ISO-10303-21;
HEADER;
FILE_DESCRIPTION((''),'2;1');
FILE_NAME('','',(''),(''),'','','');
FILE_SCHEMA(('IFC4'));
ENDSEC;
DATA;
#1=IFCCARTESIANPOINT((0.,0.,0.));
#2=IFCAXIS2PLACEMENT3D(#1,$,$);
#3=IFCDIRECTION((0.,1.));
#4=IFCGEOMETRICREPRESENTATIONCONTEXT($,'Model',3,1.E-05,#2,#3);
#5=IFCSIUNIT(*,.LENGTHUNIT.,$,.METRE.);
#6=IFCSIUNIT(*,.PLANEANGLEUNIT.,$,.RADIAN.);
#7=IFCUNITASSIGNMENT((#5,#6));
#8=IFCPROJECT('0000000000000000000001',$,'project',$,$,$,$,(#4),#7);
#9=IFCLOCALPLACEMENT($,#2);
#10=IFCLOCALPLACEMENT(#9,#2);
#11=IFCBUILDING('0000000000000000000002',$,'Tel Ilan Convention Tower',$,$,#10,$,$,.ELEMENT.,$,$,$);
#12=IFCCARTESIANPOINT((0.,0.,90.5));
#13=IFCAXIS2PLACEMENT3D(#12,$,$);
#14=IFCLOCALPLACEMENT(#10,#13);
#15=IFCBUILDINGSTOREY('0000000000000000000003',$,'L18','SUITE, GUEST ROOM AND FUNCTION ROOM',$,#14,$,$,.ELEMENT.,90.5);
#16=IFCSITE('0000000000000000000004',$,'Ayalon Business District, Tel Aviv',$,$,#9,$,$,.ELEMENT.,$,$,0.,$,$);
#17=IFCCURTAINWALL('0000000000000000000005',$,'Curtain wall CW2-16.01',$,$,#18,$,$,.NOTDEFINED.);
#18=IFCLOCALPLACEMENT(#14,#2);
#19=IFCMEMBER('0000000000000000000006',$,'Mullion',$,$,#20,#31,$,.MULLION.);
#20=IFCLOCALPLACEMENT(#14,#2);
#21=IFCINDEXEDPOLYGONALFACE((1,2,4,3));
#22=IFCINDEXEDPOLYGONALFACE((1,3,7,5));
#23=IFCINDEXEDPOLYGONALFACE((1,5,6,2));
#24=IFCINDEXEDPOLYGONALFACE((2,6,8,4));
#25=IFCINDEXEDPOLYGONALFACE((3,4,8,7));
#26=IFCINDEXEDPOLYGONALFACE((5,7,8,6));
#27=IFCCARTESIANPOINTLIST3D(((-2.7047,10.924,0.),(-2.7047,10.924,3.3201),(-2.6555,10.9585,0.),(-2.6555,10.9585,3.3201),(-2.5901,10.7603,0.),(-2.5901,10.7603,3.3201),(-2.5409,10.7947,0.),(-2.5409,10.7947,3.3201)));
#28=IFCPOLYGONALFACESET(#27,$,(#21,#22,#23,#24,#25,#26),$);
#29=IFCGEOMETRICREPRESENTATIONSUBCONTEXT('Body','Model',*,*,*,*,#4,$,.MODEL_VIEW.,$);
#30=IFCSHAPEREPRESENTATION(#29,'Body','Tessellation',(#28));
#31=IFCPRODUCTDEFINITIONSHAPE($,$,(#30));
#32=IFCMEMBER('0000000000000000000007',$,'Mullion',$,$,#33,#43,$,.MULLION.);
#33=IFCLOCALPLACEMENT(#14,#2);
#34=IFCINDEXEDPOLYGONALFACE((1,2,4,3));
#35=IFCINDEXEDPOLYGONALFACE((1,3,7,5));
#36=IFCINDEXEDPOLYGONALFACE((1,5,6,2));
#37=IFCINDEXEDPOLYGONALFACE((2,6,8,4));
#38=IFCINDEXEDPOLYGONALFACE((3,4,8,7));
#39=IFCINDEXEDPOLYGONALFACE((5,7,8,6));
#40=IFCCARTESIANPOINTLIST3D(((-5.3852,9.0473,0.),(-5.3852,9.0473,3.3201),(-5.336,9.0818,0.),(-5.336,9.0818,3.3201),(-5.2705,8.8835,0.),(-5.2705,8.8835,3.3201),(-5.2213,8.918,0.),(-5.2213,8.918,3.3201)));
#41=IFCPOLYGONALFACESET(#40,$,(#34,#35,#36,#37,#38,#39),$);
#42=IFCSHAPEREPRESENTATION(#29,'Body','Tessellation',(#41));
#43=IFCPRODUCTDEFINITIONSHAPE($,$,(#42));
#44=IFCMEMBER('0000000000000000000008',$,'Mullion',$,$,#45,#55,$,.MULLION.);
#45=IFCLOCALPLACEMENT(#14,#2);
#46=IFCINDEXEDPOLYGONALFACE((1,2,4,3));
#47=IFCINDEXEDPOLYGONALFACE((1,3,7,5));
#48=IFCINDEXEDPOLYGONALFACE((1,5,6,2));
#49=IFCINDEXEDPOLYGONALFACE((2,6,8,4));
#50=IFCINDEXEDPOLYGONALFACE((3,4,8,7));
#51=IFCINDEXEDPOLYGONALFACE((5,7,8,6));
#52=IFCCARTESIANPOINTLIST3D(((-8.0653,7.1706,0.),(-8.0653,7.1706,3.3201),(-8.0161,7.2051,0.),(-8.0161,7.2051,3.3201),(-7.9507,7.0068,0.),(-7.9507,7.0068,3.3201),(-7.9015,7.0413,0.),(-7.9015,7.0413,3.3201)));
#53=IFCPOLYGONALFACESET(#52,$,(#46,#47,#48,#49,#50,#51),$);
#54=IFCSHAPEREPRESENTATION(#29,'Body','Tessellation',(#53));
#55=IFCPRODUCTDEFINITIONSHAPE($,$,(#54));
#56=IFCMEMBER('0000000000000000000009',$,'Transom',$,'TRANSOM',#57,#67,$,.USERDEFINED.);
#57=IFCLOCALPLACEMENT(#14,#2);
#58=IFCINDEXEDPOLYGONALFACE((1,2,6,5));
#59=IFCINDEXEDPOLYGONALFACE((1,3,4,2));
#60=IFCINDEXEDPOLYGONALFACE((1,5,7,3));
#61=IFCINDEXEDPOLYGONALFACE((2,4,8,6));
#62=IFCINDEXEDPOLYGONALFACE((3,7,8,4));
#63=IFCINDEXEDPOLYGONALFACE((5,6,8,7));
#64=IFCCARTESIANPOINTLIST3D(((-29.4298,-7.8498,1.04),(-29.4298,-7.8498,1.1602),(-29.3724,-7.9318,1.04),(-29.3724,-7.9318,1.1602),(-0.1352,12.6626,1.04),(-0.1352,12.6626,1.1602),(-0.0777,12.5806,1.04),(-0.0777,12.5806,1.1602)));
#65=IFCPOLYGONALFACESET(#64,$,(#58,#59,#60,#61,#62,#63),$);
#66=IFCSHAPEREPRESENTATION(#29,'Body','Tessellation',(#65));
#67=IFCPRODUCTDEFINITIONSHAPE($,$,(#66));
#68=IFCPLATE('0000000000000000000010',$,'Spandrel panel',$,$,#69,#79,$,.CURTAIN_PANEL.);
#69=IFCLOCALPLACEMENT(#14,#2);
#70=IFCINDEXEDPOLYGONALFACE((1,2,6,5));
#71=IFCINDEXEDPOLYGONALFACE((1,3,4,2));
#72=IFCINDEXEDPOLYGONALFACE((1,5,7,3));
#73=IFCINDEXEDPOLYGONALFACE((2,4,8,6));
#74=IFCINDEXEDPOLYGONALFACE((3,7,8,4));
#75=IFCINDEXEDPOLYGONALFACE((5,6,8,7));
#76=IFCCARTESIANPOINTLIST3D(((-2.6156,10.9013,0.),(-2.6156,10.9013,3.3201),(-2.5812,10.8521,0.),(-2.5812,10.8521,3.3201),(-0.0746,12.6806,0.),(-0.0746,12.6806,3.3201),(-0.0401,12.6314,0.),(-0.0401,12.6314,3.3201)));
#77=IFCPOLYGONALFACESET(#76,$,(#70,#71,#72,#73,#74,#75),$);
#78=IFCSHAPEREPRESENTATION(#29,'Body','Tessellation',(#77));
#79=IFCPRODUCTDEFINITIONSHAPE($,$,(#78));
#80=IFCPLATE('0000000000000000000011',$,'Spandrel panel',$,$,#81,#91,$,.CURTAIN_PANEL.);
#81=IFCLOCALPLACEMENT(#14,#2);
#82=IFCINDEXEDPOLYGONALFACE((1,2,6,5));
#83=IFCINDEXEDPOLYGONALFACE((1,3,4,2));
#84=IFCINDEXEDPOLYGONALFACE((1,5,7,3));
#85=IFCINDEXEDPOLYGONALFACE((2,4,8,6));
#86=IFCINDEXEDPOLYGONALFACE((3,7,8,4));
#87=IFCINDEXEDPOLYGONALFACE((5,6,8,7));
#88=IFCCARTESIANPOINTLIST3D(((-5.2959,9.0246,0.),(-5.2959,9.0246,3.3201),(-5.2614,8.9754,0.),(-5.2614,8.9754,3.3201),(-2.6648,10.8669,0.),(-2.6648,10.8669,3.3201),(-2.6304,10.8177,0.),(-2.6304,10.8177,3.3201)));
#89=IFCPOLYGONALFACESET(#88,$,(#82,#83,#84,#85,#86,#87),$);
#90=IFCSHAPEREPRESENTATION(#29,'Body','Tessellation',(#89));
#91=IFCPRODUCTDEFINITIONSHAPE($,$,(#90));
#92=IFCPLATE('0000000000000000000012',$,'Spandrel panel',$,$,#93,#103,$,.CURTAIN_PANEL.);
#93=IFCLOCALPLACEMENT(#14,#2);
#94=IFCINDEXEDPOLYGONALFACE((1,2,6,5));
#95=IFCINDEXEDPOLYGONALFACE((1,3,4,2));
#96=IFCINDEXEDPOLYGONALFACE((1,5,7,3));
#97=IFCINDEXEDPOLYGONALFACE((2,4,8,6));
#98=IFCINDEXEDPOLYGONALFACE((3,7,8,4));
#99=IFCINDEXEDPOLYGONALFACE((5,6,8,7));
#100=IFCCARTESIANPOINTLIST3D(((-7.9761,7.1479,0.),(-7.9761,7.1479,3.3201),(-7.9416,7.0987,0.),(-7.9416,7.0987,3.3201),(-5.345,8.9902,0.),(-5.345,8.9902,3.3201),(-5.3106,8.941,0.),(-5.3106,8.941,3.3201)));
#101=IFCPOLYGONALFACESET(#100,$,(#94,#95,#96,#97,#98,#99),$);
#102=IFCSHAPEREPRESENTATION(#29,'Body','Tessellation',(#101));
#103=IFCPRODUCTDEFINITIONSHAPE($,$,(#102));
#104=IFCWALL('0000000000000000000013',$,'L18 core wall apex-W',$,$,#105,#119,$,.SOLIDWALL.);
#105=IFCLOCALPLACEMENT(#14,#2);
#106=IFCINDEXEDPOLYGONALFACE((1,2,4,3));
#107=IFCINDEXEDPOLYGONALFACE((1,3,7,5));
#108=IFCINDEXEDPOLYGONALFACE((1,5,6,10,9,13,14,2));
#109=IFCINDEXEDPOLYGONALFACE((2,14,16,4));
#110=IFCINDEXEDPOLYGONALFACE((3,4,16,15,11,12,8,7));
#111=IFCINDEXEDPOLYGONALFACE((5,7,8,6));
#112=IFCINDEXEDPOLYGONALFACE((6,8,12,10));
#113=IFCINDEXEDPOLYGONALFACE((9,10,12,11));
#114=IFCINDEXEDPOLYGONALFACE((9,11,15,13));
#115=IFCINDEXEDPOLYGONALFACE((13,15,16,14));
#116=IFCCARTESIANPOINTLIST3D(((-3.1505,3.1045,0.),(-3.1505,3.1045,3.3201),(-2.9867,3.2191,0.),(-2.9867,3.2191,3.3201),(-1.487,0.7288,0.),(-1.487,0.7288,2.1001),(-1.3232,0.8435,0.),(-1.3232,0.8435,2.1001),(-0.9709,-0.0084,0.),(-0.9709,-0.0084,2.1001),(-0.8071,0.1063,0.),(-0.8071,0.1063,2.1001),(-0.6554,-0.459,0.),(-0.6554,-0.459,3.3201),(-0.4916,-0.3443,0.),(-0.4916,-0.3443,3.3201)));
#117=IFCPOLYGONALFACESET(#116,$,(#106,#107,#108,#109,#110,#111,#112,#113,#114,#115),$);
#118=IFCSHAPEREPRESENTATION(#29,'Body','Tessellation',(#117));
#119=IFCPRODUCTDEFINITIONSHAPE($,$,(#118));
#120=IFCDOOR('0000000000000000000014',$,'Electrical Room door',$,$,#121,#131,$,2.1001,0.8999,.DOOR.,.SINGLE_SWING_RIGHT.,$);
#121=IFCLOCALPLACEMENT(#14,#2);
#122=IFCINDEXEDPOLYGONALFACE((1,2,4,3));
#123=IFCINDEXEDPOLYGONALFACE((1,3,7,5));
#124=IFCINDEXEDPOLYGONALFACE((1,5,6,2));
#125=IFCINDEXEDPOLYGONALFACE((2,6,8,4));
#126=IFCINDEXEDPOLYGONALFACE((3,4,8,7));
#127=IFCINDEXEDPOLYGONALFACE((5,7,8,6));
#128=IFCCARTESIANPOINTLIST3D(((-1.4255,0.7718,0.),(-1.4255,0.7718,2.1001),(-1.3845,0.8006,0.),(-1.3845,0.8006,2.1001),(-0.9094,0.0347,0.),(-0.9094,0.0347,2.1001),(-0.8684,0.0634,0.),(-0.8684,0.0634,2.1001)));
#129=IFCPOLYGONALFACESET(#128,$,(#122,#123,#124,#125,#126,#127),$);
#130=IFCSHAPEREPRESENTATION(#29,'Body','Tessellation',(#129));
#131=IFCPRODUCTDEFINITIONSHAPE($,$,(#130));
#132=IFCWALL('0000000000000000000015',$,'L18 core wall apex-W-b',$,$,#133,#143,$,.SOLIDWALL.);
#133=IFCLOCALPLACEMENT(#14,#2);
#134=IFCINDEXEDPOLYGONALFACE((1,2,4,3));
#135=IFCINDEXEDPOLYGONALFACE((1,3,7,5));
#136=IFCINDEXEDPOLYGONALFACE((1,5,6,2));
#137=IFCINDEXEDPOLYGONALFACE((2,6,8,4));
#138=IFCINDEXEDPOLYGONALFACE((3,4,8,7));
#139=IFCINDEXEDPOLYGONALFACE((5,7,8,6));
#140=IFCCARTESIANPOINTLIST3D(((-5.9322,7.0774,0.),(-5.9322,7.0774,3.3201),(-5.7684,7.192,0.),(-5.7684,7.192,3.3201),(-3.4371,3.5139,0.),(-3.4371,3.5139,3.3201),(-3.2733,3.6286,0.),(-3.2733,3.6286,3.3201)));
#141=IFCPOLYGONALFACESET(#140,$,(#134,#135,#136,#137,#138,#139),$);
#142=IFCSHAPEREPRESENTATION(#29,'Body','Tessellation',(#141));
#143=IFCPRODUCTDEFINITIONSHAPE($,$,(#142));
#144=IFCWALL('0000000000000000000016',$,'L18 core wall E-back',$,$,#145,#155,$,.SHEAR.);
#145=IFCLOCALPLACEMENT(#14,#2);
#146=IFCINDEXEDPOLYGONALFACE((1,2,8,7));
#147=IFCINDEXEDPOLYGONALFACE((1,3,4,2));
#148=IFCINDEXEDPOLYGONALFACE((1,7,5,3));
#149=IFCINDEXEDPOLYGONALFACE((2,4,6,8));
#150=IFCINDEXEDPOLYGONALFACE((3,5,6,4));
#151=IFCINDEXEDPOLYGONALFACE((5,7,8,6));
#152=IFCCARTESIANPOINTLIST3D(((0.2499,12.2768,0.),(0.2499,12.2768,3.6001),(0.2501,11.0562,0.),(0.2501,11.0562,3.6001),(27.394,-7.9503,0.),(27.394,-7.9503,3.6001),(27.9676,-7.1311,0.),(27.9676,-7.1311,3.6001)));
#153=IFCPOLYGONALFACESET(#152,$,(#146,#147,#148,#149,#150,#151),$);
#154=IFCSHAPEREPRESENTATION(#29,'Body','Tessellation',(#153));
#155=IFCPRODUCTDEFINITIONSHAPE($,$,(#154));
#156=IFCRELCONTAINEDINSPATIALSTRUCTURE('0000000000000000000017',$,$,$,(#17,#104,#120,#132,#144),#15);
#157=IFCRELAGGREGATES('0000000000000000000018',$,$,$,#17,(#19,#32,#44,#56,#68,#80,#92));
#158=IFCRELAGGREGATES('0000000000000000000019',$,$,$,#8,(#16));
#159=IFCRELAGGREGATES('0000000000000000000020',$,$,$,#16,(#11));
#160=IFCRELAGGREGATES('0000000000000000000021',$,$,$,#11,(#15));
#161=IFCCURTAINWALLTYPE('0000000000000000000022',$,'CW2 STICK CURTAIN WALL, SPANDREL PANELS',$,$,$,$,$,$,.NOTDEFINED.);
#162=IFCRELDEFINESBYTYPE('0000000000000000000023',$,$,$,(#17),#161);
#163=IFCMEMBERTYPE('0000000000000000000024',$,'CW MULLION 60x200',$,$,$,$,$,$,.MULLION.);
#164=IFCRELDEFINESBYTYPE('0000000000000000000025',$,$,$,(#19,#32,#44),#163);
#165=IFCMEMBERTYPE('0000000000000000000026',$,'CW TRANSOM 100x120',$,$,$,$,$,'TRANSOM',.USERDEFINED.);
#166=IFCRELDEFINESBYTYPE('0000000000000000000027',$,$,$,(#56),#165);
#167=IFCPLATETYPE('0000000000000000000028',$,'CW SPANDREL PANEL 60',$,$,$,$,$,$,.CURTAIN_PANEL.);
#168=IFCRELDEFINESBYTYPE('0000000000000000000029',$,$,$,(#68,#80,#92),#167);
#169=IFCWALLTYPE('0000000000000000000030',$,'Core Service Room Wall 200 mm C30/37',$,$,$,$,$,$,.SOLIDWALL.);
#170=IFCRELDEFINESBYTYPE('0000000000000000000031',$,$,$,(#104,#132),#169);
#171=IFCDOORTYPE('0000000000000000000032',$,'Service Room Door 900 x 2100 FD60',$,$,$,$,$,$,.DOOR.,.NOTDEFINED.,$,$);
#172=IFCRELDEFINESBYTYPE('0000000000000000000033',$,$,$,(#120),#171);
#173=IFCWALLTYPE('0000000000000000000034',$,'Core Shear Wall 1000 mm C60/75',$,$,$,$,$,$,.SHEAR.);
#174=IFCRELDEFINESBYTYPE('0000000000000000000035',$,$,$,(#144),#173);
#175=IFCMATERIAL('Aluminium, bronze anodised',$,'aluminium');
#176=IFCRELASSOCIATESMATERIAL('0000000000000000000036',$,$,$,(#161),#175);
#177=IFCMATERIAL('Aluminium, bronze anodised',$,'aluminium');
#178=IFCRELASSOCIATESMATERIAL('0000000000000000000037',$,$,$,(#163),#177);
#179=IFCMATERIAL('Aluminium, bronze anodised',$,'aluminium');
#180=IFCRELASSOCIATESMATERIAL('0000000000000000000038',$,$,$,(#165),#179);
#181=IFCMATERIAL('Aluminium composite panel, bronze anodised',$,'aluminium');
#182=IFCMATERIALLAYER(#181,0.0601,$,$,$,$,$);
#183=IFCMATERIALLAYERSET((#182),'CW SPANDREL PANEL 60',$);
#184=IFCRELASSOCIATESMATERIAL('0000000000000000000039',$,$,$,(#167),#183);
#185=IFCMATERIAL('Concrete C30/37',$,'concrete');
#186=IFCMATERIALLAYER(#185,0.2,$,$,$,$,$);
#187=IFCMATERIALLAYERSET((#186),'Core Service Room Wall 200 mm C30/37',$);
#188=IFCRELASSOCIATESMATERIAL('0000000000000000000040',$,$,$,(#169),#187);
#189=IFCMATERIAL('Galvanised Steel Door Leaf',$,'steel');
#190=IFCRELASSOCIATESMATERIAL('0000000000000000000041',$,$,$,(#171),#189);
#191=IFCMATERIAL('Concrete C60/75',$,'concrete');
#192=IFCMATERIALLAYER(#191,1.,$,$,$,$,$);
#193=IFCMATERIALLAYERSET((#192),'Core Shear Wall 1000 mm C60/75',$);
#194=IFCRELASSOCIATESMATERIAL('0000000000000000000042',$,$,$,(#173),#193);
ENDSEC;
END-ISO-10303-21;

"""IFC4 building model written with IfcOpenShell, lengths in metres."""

from ifc_helpers import new_model, si_unit, direction, frame, frame_2d, origin, origin_2d, place, context, subcontext, project, spatial, polyline, rectangle, outline, extrude, material, layer, layer_set, material_profile, profile_set, type_object, element, fill, aggregate, save


model = new_model("IFC4")

# Units and contexts
model_context = context("Model", 3, precision=1e-05, world=origin(), true_north=direction((0.0, 1.0)))
body_context = subcontext(model_context, "Body", "Model", "MODEL_VIEW")
ifc_project = project(units=[si_unit("LENGTHUNIT", "METRE"), si_unit("PLANEANGLEUNIT", "RADIAN")], contexts=[model_context])

# Site, building, storey
site_placement = place(None, origin())
site = spatial("IfcSite", under=ifc_project, at=site_placement, Name="Ayalon Business District, Tel Aviv", CompositionType="ELEMENT", RefElevation=0.0)
building_placement = place(site_placement, origin())
building = spatial("IfcBuilding", under=site, at=building_placement, Name="Tel Ilan Convention Tower", CompositionType="ELEMENT")
storey_placement = place(building_placement, frame((0.0, 0.0, 90.5)))
storey = spatial("IfcBuildingStorey", under=building, at=storey_placement, Name="L18", Description="SUITE, GUEST ROOM AND FUNCTION ROOM", CompositionType="ELEMENT", Elevation=90.5)

# Curtain wall, members, plates
ifc_material_1 = material(Name="Aluminium, bronze anodised", Category="aluminium")
curtain_wall_type = type_object("IfcCurtainWallType", Name="CW2 STICK CURTAIN WALL, SPANDREL PANELS", PredefinedType="NOTDEFINED", material=ifc_material_1)
curtain_wall_placement = place(storey_placement, origin())
curtain_wall = element("IfcCurtainWall", 1, at=curtain_wall_placement, inside=storey, type_object=curtain_wall_type, Name="Curtain wall CW2-16.01", PredefinedType="NOTDEFINED")
ifc_material_2 = material(Name="Aluminium, bronze anodised", Category="aluminium")
ifc_material_profile_1 = material_profile(ifc_material_2, rectangle(XDim=0.0601, YDim=0.2, at=origin_2d()), Name="CW MULLION 60x200")
ifc_profile_set_1 = profile_set([ifc_material_profile_1], Name="Aluminium, bronze anodised")
member_type_1 = type_object("IfcMemberType", Name="CW MULLION 60x200", PredefinedType="MULLION", material=ifc_profile_set_1)
member_1_placement = place(storey_placement, frame((-2.6228, 10.8594, 0.0), z_axis=(0.0, 0.0, 1.0), x_axis=(-0.819152, -0.573576, 0.0)))
member_1 = element("IfcMember", 2, at=member_1_placement, type_object=member_type_1, Name="Mullion", PredefinedType="MULLION", context=body_context, shape_type="SweptSolid", body=[
    extrude(rectangle(XDim=0.0601, YDim=0.2, at=origin_2d()), origin(), (0.0, 0.0, 1.0), 3.3201),
])
member_2_placement = place(storey_placement, frame((-5.3032, 8.9827, 0.0), z_axis=(0.0, 0.0, 1.0), x_axis=(-0.819152, -0.573576, 0.0)))
member_2 = element("IfcMember", 3, at=member_2_placement, type_object=member_type_1, Name="Mullion", PredefinedType="MULLION", context=body_context, shape_type="SweptSolid", body=[
    extrude(rectangle(XDim=0.0601, YDim=0.2, at=origin_2d()), origin(), (0.0, 0.0, 1.0), 3.3201),
])
member_3_placement = place(storey_placement, frame((-7.9834, 7.106, 0.0), z_axis=(0.0, 0.0, 1.0), x_axis=(-0.819152, -0.573576, 0.0)))
member_3 = element("IfcMember", 4, at=member_3_placement, type_object=member_type_1, Name="Mullion", PredefinedType="MULLION", context=body_context, shape_type="SweptSolid", body=[
    extrude(rectangle(XDim=0.0601, YDim=0.2, at=origin_2d()), origin(), (0.0, 0.0, 1.0), 3.3201),
])
ifc_material_3 = material(Name="Aluminium, bronze anodised", Category="aluminium")
ifc_material_profile_2 = material_profile(ifc_material_3, rectangle(XDim=0.1001, YDim=0.1201, at=origin_2d()), Name="CW TRANSOM 100x120")
ifc_profile_set_2 = profile_set([ifc_material_profile_2], Name="Aluminium, bronze anodised")
member_type_2 = type_object("IfcMemberType", Name="CW TRANSOM 100x120", ElementType="TRANSOM", PredefinedType="USERDEFINED", material=ifc_profile_set_2)
member_4_placement = place(storey_placement, frame((-0.1064, 12.6216, 1.1001), z_axis=(-0.819151, -0.573578, 0.0), x_axis=(0.573578, -0.819151, 0.0)))
member_4 = element("IfcMember", 5, at=member_4_placement, type_object=member_type_2, Name="Transom", ObjectType="TRANSOM", PredefinedType="USERDEFINED", context=body_context, shape_type="SweptSolid", body=[
    extrude(rectangle(XDim=0.1001, YDim=0.1201, at=origin_2d()), origin(), (0.0, 0.0, 1.0), 35.7622),
])
ifc_material_4 = material(Name="Aluminium composite panel, bronze anodised", Category="aluminium")
ifc_layer_1 = layer(ifc_material_4, 0.0601)
ifc_layer_set_1 = layer_set([ifc_layer_1], Name="CW SPANDREL PANEL 60")
plate_type = type_object("IfcPlateType", Name="CW SPANDREL PANEL 60", PredefinedType="CURTAIN_PANEL", material=ifc_layer_set_1)
plate_1_placement = place(storey_placement, frame((-1.3279, 11.7664, 0.0), z_axis=(0.0, 0.0, 1.0), x_axis=(-0.819152, -0.573576, 0.0)))
plate_1 = element("IfcPlate", 6, at=plate_1_placement, type_object=plate_type, Name="Spandrel panel", PredefinedType="CURTAIN_PANEL", context=body_context, shape_type="SweptSolid", body=[
    extrude(rectangle(XDim=3.1021, YDim=0.0601, at=origin_2d()), origin(), (0.0, 0.0, 1.0), 3.3201),
])
plate_2_placement = place(storey_placement, frame((-3.9631, 9.9211, 0.0), z_axis=(0.0, 0.0, 1.0), x_axis=(-0.819152, -0.573576, 0.0)))
plate_2 = element("IfcPlate", 7, at=plate_2_placement, type_object=plate_type, Name="Spandrel panel", PredefinedType="CURTAIN_PANEL", context=body_context, shape_type="SweptSolid", body=[
    extrude(rectangle(XDim=3.2119, YDim=0.0601, at=origin_2d()), origin(), (0.0, 0.0, 1.0), 3.3201),
])
plate_3_placement = place(storey_placement, frame((-6.6433, 8.0444, 0.0), z_axis=(0.0, 0.0, 1.0), x_axis=(-0.819152, -0.573576, 0.0)))
plate_3 = element("IfcPlate", 8, at=plate_3_placement, type_object=plate_type, Name="Spandrel panel", PredefinedType="CURTAIN_PANEL", context=body_context, shape_type="SweptSolid", body=[
    extrude(rectangle(XDim=3.2119, YDim=0.0601, at=origin_2d()), origin(), (0.0, 0.0, 1.0), 3.3201),
])
aggregate(curtain_wall, [member_1, member_2, member_3, member_4, plate_1, plate_2, plate_3])

# Wall, opening, door
ifc_material_5 = material(Name="Concrete C30/37", Category="concrete")
ifc_layer_2 = layer(ifc_material_5, 0.2)
ifc_layer_set_2 = layer_set([ifc_layer_2], Name="Core Service Room Wall 200 mm C30/37")
wall_type_1 = type_object("IfcWallType", Name="Core Service Room Wall 200 mm C30/37", PredefinedType="SOLIDWALL", material=ifc_layer_set_2)
wall_1_placement = place(storey_placement, frame((-0.5735, -0.4016, 0.0), z_axis=(0.0, 0.0, 1.0), x_axis=(-0.573568, 0.819158, 0.0)))
wall_1 = element("IfcWall", 9, at=wall_1_placement, inside=storey, type_object=wall_type_1, Name="L18 core wall apex-W", PredefinedType="SOLIDWALL", context=body_context, shape_type="SweptSolid", body=[
    extrude(rectangle(XDim=4.3501, YDim=0.2, at=frame_2d((2.175, 0.0))), origin(), (0.0, 0.0, 1.0), 3.3201),
])
opening_1_placement = place(wall_1_placement, frame((0.55, 0.0, 0.0)))
opening_1 = element("IfcOpeningElement", 10, at=opening_1_placement, cuts=wall_1, PredefinedType="OPENING", context=body_context, shape_type="SweptSolid", body=[
    extrude(rectangle(XDim=0.8999, YDim=2.1001, at=frame_2d((0.45, 1.05))), frame((0.0, 0.1099, 0.0), z_axis=(0.0, -1.0, 0.0), x_axis=(1.0, 0.0, 0.0)), (0.0, 0.0, 1.0), 0.22),
])
ifc_material_6 = material(Name="Galvanised Steel Door Leaf", Category="steel")
door_type_1 = type_object("IfcDoorType", Name="Service Room Door 900 x 2100 FD60", OperationType="NOTDEFINED", PredefinedType="DOOR", material=ifc_material_6)
door_1_placement = place(opening_1_placement, origin())
door_1 = element("IfcDoor", 11, at=door_1_placement, inside=storey, type_object=door_type_1, Name="Electrical Room door", OperationType="SINGLE_SWING_RIGHT", OverallHeight=2.1001, OverallWidth=0.8999, PredefinedType="DOOR", context=body_context, shape_type="SweptSolid", body=[
    extrude(rectangle(XDim=0.8999, YDim=2.1001, at=frame_2d((0.45, 1.05))), frame((0.0, 0.0249, 0.0), z_axis=(0.0, -1.0, 0.0), x_axis=(1.0, 0.0, 0.0)), (0.0, 0.0, 1.0), 0.05),
])
fill(opening_1, door_1)

# Walls
wall_2_placement = place(storey_placement, frame((-3.3552, 3.5713, 0.0), z_axis=(0.0, 0.0, 1.0), x_axis=(-0.573568, 0.819158, 0.0)))
element("IfcWall", 12, at=wall_2_placement, inside=storey, type_object=wall_type_1, Name="L18 core wall apex-W-b", PredefinedType="SOLIDWALL", context=body_context, shape_type="SweptSolid", body=[
    extrude(rectangle(XDim=4.3501, YDim=0.2, at=frame_2d((2.175, 0.0))), origin(), (0.0, 0.0, 1.0), 3.3201),
])
ifc_material_7 = material(Name="Concrete C60/75", Category="concrete")
ifc_layer_3 = layer(ifc_material_7, 1.0)
ifc_layer_set_3 = layer_set([ifc_layer_3], Name="Core Shear Wall 1000 mm C60/75")
wall_type_2 = type_object("IfcWallType", Name="Core Shear Wall 1000 mm C60/75", PredefinedType="SHEAR", material=ifc_layer_set_3)
wall_3_placement = place(storey_placement, frame((-0.0369, 11.8672, 0.0), z_axis=(0.0, 0.0, 1.0), x_axis=(0.819155, -0.573572, 0.0)))
element("IfcWall", 13, at=wall_3_placement, inside=storey, type_object=wall_type_2, Name="L18 core wall E-back", PredefinedType="SHEAR", context=body_context, shape_type="SweptSolid", body=[
    extrude(outline(polyline([(33.8369, 0.5), (0.0, 0.5), (0.7002, -0.4998), (33.8369, -0.5), (33.8369, 0.5)])), origin(), (0.0, 0.0, 1.0), 3.6001),
])

save(model, "model.ifc")
